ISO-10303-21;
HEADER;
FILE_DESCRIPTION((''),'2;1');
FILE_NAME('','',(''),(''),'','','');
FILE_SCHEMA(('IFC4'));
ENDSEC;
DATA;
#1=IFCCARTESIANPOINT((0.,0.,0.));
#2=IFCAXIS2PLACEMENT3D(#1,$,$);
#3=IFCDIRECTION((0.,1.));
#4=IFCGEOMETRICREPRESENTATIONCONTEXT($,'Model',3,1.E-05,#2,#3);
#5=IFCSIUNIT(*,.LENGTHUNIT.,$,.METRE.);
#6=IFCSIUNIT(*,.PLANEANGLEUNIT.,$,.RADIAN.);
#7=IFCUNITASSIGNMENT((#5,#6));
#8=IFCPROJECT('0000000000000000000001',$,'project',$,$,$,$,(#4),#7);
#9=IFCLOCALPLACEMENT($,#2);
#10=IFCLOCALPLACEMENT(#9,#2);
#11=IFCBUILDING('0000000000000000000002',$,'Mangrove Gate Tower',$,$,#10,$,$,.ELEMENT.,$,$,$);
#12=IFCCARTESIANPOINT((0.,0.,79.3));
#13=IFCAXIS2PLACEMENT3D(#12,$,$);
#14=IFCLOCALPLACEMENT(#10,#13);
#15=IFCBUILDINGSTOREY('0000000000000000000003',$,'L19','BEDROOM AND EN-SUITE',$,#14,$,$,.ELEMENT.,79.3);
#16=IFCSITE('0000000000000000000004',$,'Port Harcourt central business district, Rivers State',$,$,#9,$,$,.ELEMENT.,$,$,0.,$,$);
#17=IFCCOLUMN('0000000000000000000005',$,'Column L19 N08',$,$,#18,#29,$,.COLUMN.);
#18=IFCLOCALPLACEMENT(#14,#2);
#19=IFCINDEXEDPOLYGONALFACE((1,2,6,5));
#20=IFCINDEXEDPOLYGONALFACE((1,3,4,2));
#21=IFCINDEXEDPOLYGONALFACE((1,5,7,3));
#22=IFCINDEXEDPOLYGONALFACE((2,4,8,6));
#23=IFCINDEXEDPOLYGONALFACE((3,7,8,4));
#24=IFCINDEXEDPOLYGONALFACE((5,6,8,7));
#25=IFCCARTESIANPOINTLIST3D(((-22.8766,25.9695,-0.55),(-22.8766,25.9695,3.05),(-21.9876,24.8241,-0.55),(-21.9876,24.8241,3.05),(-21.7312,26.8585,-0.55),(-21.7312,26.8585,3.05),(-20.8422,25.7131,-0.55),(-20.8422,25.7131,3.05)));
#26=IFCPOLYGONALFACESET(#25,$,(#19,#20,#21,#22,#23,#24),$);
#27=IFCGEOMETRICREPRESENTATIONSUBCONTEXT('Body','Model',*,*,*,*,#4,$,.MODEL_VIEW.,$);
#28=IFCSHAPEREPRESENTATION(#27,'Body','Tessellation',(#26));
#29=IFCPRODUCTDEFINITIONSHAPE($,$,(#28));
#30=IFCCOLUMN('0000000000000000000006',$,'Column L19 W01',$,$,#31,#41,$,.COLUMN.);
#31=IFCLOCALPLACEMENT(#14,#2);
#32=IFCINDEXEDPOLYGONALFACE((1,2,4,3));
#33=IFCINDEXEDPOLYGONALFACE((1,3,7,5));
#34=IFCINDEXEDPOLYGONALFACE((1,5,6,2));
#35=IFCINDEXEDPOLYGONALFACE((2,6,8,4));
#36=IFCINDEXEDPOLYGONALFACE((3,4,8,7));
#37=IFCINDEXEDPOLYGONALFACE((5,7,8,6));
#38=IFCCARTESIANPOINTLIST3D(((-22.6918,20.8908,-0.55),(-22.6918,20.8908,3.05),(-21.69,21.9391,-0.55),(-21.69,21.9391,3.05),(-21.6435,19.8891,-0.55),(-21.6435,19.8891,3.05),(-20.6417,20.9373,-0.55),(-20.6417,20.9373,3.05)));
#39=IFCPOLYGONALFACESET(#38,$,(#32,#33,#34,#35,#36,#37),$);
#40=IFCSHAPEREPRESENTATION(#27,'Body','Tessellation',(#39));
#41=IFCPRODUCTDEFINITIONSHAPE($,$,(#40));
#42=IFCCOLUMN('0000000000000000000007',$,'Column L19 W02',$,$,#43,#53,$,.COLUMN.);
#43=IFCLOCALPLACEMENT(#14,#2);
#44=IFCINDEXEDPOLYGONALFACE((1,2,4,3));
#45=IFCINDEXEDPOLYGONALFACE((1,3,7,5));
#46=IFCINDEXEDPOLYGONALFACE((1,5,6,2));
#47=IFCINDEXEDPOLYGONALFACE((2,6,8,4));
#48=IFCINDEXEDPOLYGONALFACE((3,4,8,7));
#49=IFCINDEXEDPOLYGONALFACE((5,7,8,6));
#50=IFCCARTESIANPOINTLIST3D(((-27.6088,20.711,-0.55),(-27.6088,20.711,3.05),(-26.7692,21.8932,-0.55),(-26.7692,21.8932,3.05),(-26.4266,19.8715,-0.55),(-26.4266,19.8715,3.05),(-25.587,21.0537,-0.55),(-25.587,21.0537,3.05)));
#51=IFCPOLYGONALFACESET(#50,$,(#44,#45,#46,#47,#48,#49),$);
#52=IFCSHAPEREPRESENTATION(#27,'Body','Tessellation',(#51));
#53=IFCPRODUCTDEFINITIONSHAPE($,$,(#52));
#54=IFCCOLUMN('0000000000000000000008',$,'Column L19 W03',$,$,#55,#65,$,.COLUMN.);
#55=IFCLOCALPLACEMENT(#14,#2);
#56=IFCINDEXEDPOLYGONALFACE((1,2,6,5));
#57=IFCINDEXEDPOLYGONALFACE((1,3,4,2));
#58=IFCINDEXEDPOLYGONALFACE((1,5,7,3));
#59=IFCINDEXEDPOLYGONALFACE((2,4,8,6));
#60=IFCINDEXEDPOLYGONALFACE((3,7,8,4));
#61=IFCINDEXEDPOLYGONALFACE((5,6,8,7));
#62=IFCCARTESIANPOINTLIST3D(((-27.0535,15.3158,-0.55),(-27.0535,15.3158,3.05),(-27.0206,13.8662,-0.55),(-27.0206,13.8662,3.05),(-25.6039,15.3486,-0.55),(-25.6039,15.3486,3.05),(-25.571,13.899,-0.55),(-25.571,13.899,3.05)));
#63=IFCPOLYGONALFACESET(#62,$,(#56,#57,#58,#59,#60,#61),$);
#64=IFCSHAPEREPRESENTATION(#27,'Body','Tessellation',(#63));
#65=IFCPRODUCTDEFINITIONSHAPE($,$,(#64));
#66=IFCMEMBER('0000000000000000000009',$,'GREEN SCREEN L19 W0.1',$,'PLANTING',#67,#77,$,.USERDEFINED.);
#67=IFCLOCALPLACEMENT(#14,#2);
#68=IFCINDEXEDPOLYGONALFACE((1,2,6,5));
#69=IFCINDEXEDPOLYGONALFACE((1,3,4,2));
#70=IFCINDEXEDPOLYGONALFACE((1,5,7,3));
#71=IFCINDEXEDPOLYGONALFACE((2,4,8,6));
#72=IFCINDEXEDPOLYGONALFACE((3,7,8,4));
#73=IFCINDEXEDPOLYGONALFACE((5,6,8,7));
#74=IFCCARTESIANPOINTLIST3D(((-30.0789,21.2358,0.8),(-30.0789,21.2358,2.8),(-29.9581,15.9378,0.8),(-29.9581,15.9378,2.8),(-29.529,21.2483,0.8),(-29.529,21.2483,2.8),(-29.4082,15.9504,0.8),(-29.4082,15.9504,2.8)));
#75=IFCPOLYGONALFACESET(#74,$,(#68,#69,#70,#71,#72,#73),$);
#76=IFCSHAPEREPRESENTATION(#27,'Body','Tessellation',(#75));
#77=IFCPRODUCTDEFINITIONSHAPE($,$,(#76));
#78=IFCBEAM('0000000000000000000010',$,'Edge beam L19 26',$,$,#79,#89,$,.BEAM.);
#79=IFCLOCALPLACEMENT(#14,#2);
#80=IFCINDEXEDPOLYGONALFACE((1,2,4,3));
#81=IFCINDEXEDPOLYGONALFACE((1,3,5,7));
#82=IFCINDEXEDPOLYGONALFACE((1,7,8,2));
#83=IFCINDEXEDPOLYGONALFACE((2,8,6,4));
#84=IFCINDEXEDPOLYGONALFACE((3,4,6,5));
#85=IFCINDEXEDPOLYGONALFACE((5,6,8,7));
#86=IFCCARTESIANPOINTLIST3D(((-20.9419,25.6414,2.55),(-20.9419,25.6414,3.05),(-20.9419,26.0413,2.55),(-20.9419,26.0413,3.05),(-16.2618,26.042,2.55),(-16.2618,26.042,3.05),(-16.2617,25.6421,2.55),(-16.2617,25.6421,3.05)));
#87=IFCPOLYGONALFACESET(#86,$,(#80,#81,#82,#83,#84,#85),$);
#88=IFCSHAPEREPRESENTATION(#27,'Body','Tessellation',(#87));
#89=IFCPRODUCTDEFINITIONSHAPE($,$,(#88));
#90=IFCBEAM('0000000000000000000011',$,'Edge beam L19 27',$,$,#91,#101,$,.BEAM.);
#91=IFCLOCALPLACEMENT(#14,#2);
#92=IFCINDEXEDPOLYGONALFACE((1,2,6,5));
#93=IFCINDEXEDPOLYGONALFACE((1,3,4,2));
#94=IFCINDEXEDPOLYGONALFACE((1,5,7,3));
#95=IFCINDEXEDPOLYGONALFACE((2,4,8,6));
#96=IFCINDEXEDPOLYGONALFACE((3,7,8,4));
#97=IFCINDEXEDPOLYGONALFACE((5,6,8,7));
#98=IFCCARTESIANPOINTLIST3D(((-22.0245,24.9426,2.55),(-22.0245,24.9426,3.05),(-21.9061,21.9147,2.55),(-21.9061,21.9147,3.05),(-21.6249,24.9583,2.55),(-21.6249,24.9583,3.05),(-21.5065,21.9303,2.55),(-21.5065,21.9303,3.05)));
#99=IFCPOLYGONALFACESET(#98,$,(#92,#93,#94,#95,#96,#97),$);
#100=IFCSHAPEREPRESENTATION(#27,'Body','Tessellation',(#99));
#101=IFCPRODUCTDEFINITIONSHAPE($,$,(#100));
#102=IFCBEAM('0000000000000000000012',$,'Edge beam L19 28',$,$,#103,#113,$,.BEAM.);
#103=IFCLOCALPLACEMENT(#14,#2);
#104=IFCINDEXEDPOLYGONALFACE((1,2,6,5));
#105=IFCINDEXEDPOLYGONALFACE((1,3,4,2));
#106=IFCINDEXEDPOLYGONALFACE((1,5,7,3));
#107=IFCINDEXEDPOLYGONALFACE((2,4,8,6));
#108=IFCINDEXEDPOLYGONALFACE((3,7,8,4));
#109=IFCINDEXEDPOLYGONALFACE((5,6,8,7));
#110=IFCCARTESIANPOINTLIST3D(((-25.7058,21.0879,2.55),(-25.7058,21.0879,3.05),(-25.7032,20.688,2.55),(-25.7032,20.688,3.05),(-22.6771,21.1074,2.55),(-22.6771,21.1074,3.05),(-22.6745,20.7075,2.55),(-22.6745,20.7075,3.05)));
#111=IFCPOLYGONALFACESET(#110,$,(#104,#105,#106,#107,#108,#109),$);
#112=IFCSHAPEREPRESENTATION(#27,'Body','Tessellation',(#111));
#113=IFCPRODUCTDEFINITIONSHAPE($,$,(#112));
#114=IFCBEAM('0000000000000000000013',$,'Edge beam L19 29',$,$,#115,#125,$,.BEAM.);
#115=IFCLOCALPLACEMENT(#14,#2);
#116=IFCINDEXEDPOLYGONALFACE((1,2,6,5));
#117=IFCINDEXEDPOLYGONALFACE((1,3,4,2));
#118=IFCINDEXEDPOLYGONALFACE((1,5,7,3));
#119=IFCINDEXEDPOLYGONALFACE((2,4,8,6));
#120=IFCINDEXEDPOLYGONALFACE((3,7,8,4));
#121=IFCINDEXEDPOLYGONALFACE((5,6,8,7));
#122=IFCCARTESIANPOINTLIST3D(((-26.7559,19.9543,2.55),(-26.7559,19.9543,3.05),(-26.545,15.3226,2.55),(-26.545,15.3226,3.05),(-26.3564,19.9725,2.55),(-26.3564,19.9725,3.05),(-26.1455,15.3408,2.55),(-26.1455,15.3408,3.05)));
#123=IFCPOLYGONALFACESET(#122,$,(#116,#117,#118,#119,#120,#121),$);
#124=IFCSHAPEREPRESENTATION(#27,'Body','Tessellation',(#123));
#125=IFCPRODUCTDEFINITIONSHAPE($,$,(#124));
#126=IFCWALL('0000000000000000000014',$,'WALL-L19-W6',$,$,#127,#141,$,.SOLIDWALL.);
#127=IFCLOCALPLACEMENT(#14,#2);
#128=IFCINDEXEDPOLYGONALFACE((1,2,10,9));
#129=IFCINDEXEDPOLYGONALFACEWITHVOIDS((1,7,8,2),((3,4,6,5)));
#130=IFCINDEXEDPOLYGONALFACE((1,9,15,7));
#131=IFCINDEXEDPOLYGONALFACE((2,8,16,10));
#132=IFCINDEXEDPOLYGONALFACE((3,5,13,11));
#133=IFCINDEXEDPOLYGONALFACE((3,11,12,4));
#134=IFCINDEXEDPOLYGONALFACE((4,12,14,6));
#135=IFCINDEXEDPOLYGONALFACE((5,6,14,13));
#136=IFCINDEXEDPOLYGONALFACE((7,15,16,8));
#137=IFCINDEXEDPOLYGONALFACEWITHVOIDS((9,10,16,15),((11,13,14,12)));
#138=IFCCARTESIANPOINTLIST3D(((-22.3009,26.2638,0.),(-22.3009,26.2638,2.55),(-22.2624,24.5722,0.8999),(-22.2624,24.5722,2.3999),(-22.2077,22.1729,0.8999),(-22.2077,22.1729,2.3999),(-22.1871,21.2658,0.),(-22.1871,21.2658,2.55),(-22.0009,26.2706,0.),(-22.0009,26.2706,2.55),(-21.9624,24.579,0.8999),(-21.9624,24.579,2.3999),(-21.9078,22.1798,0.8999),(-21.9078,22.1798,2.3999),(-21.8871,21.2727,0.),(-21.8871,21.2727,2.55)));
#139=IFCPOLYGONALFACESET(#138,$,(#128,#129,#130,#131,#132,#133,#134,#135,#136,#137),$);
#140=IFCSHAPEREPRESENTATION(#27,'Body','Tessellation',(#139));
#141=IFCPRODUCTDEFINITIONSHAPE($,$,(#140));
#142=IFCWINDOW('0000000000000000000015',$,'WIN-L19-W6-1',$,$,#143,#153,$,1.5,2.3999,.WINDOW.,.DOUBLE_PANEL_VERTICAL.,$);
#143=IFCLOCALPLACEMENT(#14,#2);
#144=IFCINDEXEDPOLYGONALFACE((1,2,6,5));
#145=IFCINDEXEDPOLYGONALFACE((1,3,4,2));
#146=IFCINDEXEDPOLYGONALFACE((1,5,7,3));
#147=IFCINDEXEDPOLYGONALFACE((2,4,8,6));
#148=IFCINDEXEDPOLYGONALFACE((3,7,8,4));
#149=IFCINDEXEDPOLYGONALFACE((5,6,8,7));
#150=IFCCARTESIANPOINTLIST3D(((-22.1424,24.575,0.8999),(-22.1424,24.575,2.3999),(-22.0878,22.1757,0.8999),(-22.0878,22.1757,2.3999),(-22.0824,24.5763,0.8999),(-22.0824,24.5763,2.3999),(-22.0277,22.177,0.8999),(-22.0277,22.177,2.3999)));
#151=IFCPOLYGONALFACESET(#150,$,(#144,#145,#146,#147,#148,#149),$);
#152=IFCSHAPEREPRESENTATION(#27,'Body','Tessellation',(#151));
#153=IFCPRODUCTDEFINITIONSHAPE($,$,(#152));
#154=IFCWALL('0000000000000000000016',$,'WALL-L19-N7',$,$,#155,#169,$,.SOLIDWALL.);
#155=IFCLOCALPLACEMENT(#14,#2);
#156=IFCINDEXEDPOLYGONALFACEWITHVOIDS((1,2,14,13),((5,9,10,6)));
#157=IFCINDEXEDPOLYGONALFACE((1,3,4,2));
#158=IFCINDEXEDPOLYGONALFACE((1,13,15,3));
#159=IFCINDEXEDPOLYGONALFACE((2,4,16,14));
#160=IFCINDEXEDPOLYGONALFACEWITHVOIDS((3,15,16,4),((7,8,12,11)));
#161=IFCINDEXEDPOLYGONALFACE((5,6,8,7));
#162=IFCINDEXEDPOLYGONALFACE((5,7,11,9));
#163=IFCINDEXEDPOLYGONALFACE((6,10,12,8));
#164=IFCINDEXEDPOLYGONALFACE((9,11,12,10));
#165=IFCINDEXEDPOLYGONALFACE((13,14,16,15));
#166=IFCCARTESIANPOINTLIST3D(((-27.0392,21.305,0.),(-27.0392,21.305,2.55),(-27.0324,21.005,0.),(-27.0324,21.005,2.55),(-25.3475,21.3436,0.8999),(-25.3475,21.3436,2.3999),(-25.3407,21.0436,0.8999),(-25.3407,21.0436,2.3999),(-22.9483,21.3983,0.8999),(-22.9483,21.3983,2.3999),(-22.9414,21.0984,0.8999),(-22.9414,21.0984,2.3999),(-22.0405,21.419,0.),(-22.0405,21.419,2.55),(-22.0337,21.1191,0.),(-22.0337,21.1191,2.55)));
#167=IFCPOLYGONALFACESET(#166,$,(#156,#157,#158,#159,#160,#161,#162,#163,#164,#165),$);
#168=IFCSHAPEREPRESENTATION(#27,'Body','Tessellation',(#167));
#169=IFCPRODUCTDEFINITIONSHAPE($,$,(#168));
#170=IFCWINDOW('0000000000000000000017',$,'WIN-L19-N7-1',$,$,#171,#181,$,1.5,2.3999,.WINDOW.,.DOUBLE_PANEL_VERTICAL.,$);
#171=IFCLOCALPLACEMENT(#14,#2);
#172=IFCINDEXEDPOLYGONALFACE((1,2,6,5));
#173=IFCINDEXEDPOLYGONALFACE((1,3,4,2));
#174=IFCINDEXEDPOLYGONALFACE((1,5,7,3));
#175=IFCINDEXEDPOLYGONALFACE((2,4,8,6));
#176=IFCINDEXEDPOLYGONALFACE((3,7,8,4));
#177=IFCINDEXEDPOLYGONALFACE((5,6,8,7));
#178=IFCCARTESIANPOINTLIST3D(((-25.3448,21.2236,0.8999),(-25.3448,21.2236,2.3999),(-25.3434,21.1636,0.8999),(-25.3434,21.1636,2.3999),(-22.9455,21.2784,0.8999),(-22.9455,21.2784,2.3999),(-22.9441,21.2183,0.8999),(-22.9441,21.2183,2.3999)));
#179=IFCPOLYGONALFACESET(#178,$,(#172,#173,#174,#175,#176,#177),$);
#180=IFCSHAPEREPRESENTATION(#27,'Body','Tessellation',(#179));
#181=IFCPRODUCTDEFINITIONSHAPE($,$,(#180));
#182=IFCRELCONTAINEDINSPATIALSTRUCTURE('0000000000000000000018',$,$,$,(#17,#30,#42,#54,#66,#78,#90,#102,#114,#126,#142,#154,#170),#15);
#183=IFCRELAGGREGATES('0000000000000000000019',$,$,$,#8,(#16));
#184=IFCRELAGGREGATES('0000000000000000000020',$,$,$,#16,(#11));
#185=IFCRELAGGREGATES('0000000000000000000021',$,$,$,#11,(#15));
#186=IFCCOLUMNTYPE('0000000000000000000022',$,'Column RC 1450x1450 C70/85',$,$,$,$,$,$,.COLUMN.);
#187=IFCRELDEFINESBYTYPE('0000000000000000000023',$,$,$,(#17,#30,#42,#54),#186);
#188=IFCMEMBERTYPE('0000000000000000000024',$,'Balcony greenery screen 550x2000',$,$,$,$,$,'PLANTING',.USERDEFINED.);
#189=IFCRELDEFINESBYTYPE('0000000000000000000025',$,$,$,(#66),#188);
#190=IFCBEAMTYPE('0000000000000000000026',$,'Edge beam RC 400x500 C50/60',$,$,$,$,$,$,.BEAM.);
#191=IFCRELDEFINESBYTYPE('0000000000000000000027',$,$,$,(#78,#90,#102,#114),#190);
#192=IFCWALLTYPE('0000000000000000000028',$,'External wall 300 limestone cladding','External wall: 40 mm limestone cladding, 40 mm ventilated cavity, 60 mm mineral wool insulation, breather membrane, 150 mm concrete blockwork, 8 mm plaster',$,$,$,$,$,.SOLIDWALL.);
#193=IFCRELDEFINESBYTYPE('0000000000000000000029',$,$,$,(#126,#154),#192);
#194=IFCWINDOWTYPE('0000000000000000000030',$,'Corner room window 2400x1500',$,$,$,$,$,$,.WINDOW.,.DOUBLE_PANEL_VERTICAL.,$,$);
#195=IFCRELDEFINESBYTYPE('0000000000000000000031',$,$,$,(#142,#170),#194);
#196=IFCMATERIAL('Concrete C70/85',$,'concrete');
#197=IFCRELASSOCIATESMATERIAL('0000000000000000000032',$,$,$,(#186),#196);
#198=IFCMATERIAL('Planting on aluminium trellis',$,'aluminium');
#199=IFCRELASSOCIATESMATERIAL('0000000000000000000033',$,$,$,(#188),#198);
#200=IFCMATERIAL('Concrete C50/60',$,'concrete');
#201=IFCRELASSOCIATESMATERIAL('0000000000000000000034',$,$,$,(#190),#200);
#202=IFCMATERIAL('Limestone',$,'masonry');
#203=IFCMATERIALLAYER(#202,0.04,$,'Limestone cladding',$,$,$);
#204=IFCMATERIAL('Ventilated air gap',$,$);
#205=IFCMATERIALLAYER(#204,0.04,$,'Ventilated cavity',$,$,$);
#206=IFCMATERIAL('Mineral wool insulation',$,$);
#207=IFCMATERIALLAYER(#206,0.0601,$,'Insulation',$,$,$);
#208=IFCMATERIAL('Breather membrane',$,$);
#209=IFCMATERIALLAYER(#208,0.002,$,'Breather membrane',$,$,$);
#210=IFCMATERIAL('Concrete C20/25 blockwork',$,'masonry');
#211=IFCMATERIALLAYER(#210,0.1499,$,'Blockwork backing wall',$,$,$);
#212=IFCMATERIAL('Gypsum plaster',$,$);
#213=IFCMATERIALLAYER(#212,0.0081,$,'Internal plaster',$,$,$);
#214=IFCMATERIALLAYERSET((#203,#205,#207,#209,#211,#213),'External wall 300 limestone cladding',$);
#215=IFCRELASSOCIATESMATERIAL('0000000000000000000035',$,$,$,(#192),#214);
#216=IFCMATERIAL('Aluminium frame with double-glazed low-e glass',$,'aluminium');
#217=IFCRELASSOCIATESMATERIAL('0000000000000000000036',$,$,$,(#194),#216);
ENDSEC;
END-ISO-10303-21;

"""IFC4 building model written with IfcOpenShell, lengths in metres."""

from ifc_helpers import new_model, si_unit, direction, frame, frame_2d, origin, origin_2d, place, context, subcontext, project, spatial, rectangle, extrude, material, layer, layer_set, material_profile, profile_set, type_object, element, fill, save


model = new_model("IFC4")

# Units and contexts
model_context = context("Model", 3, precision=1e-05, world=origin(), true_north=direction((0.0, 1.0)))
body_context = subcontext(model_context, "Body", "Model", "MODEL_VIEW")
ifc_project = project(units=[si_unit("LENGTHUNIT", "METRE"), si_unit("PLANEANGLEUNIT", "RADIAN")], contexts=[model_context])

# Site, building, storey
site_placement = place(None, origin())
site = spatial("IfcSite", under=ifc_project, at=site_placement, Name="Port Harcourt central business district, Rivers State", CompositionType="ELEMENT", RefElevation=0.0)
building_placement = place(site_placement, origin())
building = spatial("IfcBuilding", under=site, at=building_placement, Name="Mangrove Gate Tower", CompositionType="ELEMENT")
storey_placement = place(building_placement, frame((0.0, 0.0, 79.3)))
storey = spatial("IfcBuildingStorey", under=building, at=storey_placement, Name="L19", Description="BEDROOM AND EN-SUITE", CompositionType="ELEMENT", Elevation=79.3)

# Columns
ifc_material_1 = material(Name="Concrete C70/85", Category="concrete")
ifc_material_profile_1 = material_profile(ifc_material_1, rectangle(XDim=1.45, YDim=1.45, at=origin_2d()))
ifc_profile_set_1 = profile_set([ifc_material_profile_1], Name="Concrete C70/85")
column_type = type_object("IfcColumnType", Name="Column RC 1450x1450 C70/85", PredefinedType="COLUMN", material=ifc_profile_set_1)
for number, where, z_axis, x_axis, name in (
    (1, (-21.8594, 25.8413, -0.55), (0.0, 0.0, 1.0), (-0.78998, -0.613133, 0.0), "Column L19 N08"),
    (2, (-21.6667, 20.9141, -0.55), (0.0, 0.0, 1.0), (-0.690873, -0.722977, 0.0), "Column L19 W01"),
    (3, (-26.5979, 20.8823, -0.55), (0.0, 0.0, 1.0), (-0.578998, -0.815329, 0.0), "Column L19 W02"),
    (4, (-26.3123, 14.6074, -0.55), (0.0, 0.0, 1.0), (0.022645, -0.999744, 0.0), "Column L19 W03"),
):
    element("IfcColumn", number, at=place(storey_placement, frame(where, z_axis=z_axis, x_axis=x_axis)), inside=storey, type_object=column_type, Name=name, PredefinedType="COLUMN", context=body_context, shape_type="SweptSolid", body=[
        extrude(rectangle(XDim=1.45, YDim=1.45, at=origin_2d()), origin(), (0.0, 0.0, 1.0), 3.6001),
    ])

# Member
ifc_material_2 = material(Name="Planting on aluminium trellis", Category="aluminium")
ifc_material_profile_2 = material_profile(ifc_material_2, rectangle(XDim=0.55, YDim=2.0, at=origin_2d()))
ifc_profile_set_2 = profile_set([ifc_material_profile_2], Name="Planting on aluminium trellis")
member_type = type_object("IfcMemberType", Name="Balcony greenery screen 550x2000", ElementType="PLANTING", PredefinedType="USERDEFINED", material=ifc_profile_set_2)
member_placement = place(storey_placement, frame((-29.6831, 15.9441, 1.8), z_axis=(-0.022805, 0.99974, 0.0), x_axis=(-0.99974, -0.022805, 0.0)))
element("IfcMember", 5, at=member_placement, inside=storey, type_object=member_type, Name="GREEN SCREEN L19 W0.1", ObjectType="PLANTING", PredefinedType="USERDEFINED", context=body_context, shape_type="SweptSolid", body=[
    extrude(rectangle(XDim=0.55, YDim=2.0, at=origin_2d()), origin(), (0.0, 0.0, 1.0), 5.2993),
])

# Beams
ifc_material_3 = material(Name="Concrete C50/60", Category="concrete")
ifc_material_profile_3 = material_profile(ifc_material_3, rectangle(XDim=0.3999, YDim=0.5, at=origin_2d()))
ifc_profile_set_3 = profile_set([ifc_material_profile_3], Name="Concrete C50/60")
beam_type = type_object("IfcBeamType", Name="Edge beam RC 400x500 C50/60", PredefinedType="BEAM", material=ifc_profile_set_3)
beam_1_placement = place(storey_placement, frame((-16.2617, 25.842, 2.8), z_axis=(-1.0, -0.000156, 0.0), x_axis=(0.000156, -1.0, 0.0)))
element("IfcBeam", 6, at=beam_1_placement, inside=storey, type_object=beam_type, Name="Edge beam L19 26", PredefinedType="BEAM", context=body_context, shape_type="SweptSolid", body=[
    extrude(rectangle(XDim=0.3999, YDim=0.5, at=origin_2d()), origin(), (0.0, 0.0, 1.0), 4.6802),
])
beam_2_placement = place(storey_placement, frame((-21.8247, 24.9504, 2.8), z_axis=(0.039074, -0.999236, 0.0), x_axis=(0.999236, 0.039074, 0.0)))
element("IfcBeam", 7, at=beam_2_placement, inside=storey, type_object=beam_type, Name="Edge beam L19 27", PredefinedType="BEAM", context=body_context, shape_type="SweptSolid", body=[
    extrude(rectangle(XDim=0.3999, YDim=0.5, at=origin_2d()), origin(), (0.0, 0.0, 1.0), 3.0303),
])
beam_3_placement = place(storey_placement, frame((-22.6758, 20.9075, 2.8), z_axis=(-0.999979, -0.006448, 0.0), x_axis=(0.006448, -0.999979, 0.0)))
element("IfcBeam", 8, at=beam_3_placement, inside=storey, type_object=beam_type, Name="Edge beam L19 28", PredefinedType="BEAM", context=body_context, shape_type="SweptSolid", body=[
    extrude(rectangle(XDim=0.3999, YDim=0.5, at=origin_2d()), origin(), (0.0, 0.0, 1.0), 3.0288),
])
beam_4_placement = place(storey_placement, frame((-26.5562, 19.9634, 2.8), z_axis=(0.045496, -0.998965, 0.0), x_axis=(0.998965, 0.045496, 0.0)))
element("IfcBeam", 9, at=beam_4_placement, inside=storey, type_object=beam_type, Name="Edge beam L19 29", PredefinedType="BEAM", context=body_context, shape_type="SweptSolid", body=[
    extrude(rectangle(XDim=0.3999, YDim=0.5, at=origin_2d()), origin(), (0.0, 0.0, 1.0), 4.6365),
])

# Walls, openings, windows
ifc_material_4 = material(Name="Limestone", Category="masonry")
ifc_layer_1 = layer(ifc_material_4, 0.04, Name="Limestone cladding")
ifc_material_5 = material(Name="Ventilated air gap")
ifc_layer_2 = layer(ifc_material_5, 0.04, Name="Ventilated cavity")
ifc_material_6 = material(Name="Mineral wool insulation")
ifc_layer_3 = layer(ifc_material_6, 0.0601, Name="Insulation")
ifc_material_7 = material(Name="Breather membrane")
ifc_layer_4 = layer(ifc_material_7, 0.002, Name="Breather membrane")
ifc_material_8 = material(Name="Concrete C20/25 blockwork", Category="masonry")
ifc_layer_5 = layer(ifc_material_8, 0.1499, Name="Blockwork backing wall")
ifc_material_9 = material(Name="Gypsum plaster")
ifc_layer_6 = layer(ifc_material_9, 0.0081, Name="Internal plaster")
ifc_layer_set_1 = layer_set([ifc_layer_1, ifc_layer_2, ifc_layer_3, ifc_layer_4, ifc_layer_5, ifc_layer_6], Name="External wall 300 limestone cladding")
wall_type_1 = type_object("IfcWallType", Name="External wall 300 limestone cladding", Description="External wall: 40 mm limestone cladding, 40 mm ventilated cavity, 60 mm mineral wool insulation, breather membrane, 150 mm concrete blockwork, 8 mm plaster", PredefinedType="SOLIDWALL", material=ifc_layer_set_1)
wall_1_placement = place(storey_placement, frame((-22.1509, 26.2671, 0.0), z_axis=(0.0, 0.0, 1.0), x_axis=(0.022757, -0.999741, 0.0)))
wall_1 = element("IfcWall", 10, at=wall_1_placement, inside=storey, type_object=wall_type_1, Name="WALL-L19-W6", PredefinedType="SOLIDWALL", context=body_context, shape_type="SweptSolid", body=[
    extrude(rectangle(XDim=4.9993, YDim=0.3, at=frame_2d((2.4995, 0.0))), origin(), (0.0, 0.0, 1.0), 2.55),
])
opening_1_placement = place(wall_1_placement, frame((1.6919, 0.0, 0.8999)))
opening_1 = element("IfcOpeningElement", 11, at=opening_1_placement, cuts=wall_1, PredefinedType="OPENING", context=body_context, shape_type="SweptSolid", body=[
    extrude(rectangle(XDim=2.3999, YDim=1.5, at=frame_2d((1.2, 0.75))), frame((0.0, 0.1599, 0.0), z_axis=(0.0, -1.0, 0.0), x_axis=(1.0, 0.0, 0.0)), (0.0, 0.0, 1.0), 0.3201),
])
ifc_material_10 = material(Name="Aluminium frame with double-glazed low-e glass", Category="aluminium")
window_type = type_object("IfcWindowType", Name="Corner room window 2400x1500", PartitioningType="DOUBLE_PANEL_VERTICAL", PredefinedType="WINDOW", material=ifc_material_10)
window_1_placement = place(opening_1_placement, origin())
window_1 = element("IfcWindow", 12, at=window_1_placement, inside=storey, type_object=window_type, Name="WIN-L19-W6-1", OverallHeight=1.5, OverallWidth=2.3999, PartitioningType="DOUBLE_PANEL_VERTICAL", PredefinedType="WINDOW", context=body_context, shape_type="SweptSolid", body=[
    extrude(rectangle(XDim=2.3999, YDim=1.5, at=frame_2d((1.2, 0.75))), frame((0.0, 0.03, 0.0), z_axis=(0.0, -1.0, 0.0), x_axis=(1.0, 0.0, 0.0)), (0.0, 0.0, 1.0), 0.0601),
])
fill(opening_1, window_1)
wall_2_placement = place(storey_placement, frame((-22.0371, 21.269, 0.0), z_axis=(0.0, 0.0, 1.0), x_axis=(-0.99974, -0.022802, 0.0)))
wall_2 = element("IfcWall", 13, at=wall_2_placement, inside=storey, type_object=wall_type_1, Name="WALL-L19-N7", PredefinedType="SOLIDWALL", context=body_context, shape_type="SweptSolid", body=[
    extrude(rectangle(XDim=5.0, YDim=0.3, at=frame_2d((2.5, 0.0))), origin(), (0.0, 0.0, 1.0), 2.55),
])
opening_2_placement = place(wall_2_placement, frame((0.908, 0.0, 0.8999)))
opening_2 = element("IfcOpeningElement", 14, at=opening_2_placement, cuts=wall_2, PredefinedType="OPENING", context=body_context, shape_type="SweptSolid", body=[
    extrude(rectangle(XDim=2.3999, YDim=1.5, at=frame_2d((1.2, 0.75))), frame((0.0, 0.1599, 0.0), z_axis=(0.0, -1.0, 0.0), x_axis=(1.0, 0.0, 0.0)), (0.0, 0.0, 1.0), 0.3201),
])
window_2_placement = place(opening_2_placement, origin())
window_2 = element("IfcWindow", 15, at=window_2_placement, inside=storey, type_object=window_type, Name="WIN-L19-N7-1", OverallHeight=1.5, OverallWidth=2.3999, PartitioningType="DOUBLE_PANEL_VERTICAL", PredefinedType="WINDOW", context=body_context, shape_type="SweptSolid", body=[
    extrude(rectangle(XDim=2.3999, YDim=1.5, at=frame_2d((1.2, 0.75))), frame((0.0, 0.03, 0.0), z_axis=(0.0, -1.0, 0.0), x_axis=(1.0, 0.0, 0.0)), (0.0, 0.0, 1.0), 0.0601),
])
fill(opening_2, window_2)

save(model, "model.ifc")
